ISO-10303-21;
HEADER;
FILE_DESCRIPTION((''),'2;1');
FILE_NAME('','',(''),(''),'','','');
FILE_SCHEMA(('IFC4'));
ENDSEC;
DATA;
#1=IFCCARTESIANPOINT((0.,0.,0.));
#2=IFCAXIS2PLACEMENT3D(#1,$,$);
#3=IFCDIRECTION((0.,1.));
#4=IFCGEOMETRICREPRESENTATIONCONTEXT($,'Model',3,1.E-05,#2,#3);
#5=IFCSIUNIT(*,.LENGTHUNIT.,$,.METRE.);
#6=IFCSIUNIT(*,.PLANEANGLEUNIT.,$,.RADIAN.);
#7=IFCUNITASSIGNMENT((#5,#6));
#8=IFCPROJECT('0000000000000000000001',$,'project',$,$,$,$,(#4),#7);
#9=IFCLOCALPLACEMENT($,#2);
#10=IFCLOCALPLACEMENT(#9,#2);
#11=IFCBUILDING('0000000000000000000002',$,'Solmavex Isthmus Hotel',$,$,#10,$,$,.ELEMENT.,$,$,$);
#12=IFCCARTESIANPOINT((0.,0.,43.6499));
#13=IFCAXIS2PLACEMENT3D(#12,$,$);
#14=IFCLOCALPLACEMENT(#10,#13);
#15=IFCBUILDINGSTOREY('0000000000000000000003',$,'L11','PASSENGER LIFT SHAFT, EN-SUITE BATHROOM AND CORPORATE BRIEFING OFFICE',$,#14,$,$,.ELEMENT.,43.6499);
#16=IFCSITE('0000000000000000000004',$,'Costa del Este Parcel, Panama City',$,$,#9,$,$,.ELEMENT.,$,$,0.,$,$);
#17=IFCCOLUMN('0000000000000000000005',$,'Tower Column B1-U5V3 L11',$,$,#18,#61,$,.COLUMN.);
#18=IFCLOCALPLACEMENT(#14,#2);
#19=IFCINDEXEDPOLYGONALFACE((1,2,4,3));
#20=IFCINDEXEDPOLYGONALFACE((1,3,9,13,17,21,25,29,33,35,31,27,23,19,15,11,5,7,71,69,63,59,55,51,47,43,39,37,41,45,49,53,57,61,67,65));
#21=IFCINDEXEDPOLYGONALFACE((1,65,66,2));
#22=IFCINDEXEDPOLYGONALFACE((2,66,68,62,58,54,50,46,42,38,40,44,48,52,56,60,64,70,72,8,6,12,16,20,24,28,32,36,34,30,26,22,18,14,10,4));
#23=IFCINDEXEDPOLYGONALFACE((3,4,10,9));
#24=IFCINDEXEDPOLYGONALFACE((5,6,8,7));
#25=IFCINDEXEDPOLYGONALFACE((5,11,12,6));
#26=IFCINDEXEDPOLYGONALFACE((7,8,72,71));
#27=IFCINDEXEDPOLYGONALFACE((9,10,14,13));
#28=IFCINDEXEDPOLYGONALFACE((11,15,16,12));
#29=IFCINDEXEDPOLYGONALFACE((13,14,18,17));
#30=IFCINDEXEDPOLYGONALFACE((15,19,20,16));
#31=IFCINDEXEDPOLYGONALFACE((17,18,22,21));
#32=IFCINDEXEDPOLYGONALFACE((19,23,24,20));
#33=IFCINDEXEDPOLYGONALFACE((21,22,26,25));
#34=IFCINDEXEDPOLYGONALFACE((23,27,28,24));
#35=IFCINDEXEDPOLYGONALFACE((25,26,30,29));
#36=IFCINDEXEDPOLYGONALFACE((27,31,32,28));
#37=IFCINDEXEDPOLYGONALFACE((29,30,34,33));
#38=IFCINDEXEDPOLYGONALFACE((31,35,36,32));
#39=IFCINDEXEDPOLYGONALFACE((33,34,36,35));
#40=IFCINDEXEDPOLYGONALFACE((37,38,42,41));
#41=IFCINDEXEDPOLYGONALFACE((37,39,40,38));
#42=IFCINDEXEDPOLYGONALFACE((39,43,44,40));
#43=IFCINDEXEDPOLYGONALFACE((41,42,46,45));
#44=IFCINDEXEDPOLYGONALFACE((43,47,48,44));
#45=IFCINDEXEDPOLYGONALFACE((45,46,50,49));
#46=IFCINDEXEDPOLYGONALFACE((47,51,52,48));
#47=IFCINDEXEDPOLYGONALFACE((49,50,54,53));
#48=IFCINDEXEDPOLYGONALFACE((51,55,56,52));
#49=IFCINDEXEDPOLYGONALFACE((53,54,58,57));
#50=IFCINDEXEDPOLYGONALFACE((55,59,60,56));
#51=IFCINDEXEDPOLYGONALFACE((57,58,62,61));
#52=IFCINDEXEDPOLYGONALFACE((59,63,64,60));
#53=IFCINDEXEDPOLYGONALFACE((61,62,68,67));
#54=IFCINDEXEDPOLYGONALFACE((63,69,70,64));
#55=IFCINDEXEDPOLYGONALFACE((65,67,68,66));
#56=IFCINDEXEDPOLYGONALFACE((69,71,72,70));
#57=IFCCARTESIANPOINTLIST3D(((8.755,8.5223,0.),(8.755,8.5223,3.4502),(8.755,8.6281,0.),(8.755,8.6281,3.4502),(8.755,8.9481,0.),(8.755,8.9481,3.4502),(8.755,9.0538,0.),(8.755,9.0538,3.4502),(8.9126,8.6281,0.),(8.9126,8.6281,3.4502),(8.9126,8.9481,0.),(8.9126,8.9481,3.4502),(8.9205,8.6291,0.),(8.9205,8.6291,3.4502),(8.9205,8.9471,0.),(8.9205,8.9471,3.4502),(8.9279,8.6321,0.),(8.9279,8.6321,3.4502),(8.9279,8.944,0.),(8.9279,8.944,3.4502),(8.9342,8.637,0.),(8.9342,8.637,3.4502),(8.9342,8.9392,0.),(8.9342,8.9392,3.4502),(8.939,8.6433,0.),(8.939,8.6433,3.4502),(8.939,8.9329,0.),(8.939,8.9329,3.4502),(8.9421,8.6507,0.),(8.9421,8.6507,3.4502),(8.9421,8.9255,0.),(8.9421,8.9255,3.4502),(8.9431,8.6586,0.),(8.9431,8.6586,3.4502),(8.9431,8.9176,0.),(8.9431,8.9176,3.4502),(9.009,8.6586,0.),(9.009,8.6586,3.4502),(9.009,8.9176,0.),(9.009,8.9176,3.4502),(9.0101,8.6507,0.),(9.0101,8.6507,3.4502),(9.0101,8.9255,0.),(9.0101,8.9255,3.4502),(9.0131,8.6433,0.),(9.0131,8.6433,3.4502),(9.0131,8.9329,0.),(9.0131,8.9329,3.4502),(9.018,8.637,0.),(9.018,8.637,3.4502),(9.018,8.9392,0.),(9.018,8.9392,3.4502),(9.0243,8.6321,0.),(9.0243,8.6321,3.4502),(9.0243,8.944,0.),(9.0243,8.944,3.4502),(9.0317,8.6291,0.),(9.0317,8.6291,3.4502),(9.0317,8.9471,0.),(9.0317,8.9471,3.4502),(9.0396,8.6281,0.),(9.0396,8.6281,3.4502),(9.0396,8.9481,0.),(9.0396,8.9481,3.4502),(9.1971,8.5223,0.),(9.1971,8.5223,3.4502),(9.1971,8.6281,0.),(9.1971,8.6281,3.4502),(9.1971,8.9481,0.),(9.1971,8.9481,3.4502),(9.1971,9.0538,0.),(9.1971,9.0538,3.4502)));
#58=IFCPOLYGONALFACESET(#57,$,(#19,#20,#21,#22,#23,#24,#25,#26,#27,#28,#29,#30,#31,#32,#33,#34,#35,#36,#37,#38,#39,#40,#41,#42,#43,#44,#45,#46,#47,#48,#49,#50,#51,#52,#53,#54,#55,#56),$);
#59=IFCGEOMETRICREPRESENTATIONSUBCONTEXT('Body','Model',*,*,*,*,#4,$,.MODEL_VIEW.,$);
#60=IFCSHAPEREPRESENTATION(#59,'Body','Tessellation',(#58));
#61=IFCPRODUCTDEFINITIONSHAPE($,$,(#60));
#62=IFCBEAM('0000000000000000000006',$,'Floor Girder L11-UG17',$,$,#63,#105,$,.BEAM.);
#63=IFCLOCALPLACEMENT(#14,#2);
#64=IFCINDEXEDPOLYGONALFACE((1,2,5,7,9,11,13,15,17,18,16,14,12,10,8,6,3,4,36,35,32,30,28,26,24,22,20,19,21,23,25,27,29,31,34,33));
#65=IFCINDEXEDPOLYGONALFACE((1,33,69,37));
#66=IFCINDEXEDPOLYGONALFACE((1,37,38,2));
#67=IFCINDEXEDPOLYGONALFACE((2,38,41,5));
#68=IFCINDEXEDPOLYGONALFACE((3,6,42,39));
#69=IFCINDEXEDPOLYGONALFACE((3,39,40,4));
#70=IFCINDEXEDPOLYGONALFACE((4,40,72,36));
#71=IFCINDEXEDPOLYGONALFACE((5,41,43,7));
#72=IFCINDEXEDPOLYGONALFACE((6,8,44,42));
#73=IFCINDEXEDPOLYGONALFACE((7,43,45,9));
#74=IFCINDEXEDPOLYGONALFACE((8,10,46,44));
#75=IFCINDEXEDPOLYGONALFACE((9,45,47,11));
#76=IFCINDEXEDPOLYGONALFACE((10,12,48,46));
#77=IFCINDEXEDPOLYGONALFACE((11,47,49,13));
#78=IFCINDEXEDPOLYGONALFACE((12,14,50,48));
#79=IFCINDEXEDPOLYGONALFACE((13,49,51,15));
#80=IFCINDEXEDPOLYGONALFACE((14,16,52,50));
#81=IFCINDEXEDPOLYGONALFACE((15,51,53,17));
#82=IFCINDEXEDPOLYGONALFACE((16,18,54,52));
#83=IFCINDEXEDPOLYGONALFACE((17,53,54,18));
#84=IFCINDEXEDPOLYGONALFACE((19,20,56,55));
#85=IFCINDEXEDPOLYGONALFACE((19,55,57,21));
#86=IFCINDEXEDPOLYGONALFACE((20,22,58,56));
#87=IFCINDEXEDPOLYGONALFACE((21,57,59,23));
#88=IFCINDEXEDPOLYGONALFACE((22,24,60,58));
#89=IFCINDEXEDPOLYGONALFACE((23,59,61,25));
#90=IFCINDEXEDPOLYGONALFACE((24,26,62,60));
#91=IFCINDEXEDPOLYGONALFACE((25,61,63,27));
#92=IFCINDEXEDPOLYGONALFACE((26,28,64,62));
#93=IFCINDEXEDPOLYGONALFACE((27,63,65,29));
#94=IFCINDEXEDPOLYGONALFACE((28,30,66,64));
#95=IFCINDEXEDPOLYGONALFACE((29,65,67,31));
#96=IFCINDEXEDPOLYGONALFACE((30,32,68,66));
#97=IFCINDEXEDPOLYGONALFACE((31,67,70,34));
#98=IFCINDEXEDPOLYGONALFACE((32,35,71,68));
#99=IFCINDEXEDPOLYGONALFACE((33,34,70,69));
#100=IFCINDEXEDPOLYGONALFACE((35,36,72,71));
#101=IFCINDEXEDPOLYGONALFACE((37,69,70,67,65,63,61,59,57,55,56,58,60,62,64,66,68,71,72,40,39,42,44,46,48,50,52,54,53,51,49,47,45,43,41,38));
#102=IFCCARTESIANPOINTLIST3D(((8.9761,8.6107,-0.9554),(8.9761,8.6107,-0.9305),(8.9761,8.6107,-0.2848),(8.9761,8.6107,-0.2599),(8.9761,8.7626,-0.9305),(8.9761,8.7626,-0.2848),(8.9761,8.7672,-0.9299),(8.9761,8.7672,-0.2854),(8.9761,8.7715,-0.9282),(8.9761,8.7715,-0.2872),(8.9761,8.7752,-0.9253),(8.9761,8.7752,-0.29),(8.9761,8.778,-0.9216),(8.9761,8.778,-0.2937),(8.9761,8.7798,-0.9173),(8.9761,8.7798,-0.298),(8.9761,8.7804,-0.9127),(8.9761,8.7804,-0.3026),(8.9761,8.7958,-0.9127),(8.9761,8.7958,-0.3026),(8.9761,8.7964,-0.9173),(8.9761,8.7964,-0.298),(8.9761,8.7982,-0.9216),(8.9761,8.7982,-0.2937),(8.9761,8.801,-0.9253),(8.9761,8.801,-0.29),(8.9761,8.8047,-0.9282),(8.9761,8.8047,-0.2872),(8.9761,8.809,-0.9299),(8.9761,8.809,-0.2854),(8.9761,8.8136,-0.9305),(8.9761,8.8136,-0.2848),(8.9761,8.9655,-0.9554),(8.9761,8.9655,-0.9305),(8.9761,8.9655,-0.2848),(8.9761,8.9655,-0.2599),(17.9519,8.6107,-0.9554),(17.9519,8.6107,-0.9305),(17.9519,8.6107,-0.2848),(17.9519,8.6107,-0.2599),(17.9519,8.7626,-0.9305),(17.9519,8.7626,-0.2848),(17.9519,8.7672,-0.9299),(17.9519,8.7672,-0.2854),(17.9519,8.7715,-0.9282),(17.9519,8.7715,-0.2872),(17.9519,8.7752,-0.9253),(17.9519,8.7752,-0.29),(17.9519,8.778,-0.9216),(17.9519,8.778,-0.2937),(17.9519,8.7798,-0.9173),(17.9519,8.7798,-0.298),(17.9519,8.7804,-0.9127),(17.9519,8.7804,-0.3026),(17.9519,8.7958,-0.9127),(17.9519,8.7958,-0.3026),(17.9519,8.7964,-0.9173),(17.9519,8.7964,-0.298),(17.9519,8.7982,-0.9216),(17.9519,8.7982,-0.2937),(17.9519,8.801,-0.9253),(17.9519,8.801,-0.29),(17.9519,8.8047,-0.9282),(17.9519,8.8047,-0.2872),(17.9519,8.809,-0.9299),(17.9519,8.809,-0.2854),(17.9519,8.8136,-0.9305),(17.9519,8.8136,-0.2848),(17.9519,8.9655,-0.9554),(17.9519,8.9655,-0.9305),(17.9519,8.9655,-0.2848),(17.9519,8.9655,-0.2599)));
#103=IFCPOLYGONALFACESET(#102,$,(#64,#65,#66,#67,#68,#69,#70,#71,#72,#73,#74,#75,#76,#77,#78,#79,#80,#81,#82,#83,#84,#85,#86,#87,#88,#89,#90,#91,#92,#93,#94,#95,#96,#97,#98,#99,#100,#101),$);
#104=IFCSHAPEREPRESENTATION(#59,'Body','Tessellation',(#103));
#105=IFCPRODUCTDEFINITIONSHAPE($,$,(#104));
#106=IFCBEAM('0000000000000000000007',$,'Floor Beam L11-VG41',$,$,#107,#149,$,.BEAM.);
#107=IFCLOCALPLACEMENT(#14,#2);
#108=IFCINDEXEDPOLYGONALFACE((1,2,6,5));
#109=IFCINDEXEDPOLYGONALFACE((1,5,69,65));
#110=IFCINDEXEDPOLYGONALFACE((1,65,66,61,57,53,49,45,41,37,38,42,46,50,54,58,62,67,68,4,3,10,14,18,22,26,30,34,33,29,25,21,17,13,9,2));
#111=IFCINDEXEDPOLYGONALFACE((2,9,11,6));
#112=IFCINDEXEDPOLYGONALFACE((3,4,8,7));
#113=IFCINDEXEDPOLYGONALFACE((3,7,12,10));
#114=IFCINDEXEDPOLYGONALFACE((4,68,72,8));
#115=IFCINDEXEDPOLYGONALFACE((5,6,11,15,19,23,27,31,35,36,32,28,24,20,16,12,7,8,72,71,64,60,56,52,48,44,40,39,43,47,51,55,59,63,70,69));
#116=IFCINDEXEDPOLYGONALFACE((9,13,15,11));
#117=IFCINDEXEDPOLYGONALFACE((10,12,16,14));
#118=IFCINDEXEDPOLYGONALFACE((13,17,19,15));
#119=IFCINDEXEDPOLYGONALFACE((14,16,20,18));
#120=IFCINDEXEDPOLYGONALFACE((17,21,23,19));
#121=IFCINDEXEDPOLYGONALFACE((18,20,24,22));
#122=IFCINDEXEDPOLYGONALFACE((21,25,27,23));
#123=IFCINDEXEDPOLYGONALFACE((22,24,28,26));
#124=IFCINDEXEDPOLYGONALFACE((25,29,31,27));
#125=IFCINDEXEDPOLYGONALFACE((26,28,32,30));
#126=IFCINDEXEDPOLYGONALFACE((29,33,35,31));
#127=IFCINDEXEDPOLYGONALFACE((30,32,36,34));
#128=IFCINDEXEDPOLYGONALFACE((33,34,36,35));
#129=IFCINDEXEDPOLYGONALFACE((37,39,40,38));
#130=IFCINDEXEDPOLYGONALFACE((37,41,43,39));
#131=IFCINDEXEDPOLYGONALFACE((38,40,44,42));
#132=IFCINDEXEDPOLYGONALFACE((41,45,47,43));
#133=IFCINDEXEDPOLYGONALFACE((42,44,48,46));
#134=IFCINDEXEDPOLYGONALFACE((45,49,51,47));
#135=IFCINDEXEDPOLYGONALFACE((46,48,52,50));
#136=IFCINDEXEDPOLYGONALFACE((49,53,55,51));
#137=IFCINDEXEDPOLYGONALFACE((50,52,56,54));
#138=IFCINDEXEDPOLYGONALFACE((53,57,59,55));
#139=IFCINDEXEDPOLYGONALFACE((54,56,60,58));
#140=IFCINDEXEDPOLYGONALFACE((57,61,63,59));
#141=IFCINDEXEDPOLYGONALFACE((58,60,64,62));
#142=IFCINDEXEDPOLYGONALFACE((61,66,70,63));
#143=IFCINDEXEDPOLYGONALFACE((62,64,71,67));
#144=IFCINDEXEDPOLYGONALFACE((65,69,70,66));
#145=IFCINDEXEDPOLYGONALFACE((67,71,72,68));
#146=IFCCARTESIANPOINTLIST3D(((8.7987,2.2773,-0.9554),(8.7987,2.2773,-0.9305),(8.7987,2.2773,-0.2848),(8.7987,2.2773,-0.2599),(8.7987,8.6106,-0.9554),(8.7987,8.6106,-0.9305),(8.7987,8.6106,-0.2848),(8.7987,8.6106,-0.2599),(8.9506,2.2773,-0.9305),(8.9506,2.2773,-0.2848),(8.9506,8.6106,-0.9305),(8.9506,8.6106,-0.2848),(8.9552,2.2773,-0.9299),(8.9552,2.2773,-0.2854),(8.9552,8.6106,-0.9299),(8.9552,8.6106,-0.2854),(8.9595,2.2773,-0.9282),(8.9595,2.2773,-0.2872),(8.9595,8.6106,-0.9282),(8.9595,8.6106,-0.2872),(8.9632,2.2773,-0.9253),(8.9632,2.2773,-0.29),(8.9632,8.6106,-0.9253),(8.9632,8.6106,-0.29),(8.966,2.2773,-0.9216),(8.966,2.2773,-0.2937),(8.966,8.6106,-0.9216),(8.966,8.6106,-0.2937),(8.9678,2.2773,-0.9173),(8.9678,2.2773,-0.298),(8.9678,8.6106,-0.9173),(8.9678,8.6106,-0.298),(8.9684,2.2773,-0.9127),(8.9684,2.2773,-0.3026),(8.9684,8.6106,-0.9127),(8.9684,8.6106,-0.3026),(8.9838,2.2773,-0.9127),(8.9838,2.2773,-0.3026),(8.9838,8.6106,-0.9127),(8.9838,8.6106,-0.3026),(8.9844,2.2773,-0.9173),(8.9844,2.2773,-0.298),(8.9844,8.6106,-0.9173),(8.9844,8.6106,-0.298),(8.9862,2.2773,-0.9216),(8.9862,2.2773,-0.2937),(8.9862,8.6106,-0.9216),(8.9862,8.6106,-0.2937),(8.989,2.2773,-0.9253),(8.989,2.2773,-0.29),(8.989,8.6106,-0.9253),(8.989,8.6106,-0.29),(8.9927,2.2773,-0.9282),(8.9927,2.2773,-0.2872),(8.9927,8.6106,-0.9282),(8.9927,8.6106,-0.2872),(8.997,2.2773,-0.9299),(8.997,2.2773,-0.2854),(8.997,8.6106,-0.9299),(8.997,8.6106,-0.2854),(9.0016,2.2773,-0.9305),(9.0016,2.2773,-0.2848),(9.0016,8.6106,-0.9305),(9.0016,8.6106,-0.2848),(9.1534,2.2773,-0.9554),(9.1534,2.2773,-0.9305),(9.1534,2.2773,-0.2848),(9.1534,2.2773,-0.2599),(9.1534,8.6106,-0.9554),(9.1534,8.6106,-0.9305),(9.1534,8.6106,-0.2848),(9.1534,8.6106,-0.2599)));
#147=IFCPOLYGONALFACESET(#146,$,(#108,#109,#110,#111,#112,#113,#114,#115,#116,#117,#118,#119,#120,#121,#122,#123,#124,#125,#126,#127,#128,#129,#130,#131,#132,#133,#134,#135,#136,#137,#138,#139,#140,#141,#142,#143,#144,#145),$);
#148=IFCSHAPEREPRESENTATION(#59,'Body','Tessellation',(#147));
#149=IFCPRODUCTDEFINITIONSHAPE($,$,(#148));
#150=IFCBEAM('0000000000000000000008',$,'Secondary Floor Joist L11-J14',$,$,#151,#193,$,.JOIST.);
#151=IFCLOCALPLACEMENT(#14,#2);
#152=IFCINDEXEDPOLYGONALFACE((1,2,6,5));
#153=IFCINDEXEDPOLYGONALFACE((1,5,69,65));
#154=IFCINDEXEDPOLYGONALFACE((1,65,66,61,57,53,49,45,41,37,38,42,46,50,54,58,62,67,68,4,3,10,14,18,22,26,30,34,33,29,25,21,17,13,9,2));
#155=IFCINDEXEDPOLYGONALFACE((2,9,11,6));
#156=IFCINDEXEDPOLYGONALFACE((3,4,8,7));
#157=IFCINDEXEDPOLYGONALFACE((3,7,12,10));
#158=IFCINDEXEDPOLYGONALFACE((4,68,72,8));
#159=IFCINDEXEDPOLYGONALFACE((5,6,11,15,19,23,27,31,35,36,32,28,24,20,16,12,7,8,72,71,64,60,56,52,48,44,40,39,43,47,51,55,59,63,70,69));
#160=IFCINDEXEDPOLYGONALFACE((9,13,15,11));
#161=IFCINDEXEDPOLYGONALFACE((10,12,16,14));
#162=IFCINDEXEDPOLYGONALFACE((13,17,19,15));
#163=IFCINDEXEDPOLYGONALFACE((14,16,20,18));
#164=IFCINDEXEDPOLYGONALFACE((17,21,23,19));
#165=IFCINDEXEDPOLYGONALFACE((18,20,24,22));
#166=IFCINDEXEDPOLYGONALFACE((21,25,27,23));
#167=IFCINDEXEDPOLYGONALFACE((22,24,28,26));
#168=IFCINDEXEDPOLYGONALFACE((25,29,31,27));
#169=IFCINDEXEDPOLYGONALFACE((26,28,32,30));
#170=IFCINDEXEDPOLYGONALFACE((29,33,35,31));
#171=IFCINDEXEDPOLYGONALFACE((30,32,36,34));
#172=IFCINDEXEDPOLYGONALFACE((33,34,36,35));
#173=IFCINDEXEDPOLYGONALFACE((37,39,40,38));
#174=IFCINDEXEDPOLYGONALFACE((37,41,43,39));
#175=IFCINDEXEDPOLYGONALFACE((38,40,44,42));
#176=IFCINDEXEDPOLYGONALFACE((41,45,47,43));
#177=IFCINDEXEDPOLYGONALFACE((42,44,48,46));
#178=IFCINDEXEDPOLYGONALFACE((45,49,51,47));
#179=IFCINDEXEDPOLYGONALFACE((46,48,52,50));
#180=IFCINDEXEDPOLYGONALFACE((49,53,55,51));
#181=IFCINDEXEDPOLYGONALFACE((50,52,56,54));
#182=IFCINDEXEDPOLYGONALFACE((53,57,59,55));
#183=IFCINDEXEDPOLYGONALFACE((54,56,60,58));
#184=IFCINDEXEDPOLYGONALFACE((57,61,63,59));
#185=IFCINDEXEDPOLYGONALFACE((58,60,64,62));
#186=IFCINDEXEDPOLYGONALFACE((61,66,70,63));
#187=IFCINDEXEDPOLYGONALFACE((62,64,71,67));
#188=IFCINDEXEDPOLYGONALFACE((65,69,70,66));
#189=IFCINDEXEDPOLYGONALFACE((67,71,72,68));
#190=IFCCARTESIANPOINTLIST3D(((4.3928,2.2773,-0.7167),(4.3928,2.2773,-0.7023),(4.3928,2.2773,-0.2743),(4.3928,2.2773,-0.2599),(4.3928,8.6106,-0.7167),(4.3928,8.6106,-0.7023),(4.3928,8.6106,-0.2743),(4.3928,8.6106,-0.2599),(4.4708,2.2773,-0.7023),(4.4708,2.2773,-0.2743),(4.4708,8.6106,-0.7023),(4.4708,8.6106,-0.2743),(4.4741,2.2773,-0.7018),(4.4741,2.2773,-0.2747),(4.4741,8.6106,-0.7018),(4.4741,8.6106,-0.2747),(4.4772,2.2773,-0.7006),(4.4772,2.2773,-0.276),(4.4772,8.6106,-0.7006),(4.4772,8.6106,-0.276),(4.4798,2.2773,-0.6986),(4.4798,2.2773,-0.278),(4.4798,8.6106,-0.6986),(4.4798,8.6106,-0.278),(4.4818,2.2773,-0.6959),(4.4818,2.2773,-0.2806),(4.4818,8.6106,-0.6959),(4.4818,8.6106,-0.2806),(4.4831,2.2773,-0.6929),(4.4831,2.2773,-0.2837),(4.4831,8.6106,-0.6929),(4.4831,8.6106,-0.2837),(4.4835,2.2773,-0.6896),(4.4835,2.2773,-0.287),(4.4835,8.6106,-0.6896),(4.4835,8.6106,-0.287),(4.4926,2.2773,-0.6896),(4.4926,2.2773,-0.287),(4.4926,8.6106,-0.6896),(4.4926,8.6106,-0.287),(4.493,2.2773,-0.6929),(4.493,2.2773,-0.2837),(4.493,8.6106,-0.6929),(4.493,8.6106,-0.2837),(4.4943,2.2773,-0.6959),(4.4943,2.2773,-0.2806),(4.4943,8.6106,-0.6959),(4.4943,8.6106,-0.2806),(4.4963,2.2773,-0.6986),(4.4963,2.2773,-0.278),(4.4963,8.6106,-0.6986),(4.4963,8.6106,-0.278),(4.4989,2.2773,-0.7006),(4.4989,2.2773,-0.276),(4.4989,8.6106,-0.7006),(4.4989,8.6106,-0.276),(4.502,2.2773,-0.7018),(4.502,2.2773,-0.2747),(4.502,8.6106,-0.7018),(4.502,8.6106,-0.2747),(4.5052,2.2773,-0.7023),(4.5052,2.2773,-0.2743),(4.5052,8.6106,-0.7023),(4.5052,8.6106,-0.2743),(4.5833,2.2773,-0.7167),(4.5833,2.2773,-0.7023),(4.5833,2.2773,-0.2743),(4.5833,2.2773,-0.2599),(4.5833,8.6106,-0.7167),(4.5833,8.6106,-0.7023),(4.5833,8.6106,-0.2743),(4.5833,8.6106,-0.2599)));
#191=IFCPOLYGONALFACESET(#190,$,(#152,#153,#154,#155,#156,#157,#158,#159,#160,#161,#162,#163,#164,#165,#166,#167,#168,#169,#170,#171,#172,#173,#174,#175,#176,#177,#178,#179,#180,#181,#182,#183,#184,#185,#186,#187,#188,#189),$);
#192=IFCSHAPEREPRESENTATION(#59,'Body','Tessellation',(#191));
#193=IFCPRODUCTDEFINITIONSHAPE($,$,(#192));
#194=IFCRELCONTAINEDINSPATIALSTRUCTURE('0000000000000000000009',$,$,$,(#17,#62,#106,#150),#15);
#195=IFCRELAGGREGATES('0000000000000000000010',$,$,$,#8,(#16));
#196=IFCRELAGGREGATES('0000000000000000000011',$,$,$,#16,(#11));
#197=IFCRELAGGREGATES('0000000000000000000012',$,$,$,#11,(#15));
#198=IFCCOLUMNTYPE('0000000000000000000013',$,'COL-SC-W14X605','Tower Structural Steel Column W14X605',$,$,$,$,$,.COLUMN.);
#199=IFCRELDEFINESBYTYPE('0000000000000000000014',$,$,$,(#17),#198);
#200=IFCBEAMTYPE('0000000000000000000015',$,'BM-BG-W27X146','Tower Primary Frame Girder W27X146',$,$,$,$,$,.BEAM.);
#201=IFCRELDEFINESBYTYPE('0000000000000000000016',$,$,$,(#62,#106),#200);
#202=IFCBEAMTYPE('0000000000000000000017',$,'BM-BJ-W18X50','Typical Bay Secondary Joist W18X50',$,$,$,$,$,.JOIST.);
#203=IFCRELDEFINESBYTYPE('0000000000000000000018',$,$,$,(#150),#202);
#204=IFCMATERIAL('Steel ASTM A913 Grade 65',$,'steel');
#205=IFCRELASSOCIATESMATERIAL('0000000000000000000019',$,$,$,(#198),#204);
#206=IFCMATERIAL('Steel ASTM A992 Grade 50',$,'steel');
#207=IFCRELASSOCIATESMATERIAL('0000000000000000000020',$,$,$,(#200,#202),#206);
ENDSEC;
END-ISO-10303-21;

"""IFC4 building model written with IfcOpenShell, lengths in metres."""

from ifc_helpers import new_model, si_unit, direction, frame, origin, origin_2d, place, context, subcontext, project, spatial, i_section, extrude, material, material_profile, profile_set, type_object, element, save


model = new_model("IFC4")

# Units and contexts
model_context = context("Model", 3, precision=1e-05, world=origin(), true_north=direction((0.0, 1.0)))
body_context = subcontext(model_context, "Body", "Model", "MODEL_VIEW")
ifc_project = project(units=[si_unit("LENGTHUNIT", "METRE"), si_unit("PLANEANGLEUNIT", "RADIAN")], contexts=[model_context])

# Site, building, storey
site_placement = place(None, origin())
site = spatial("IfcSite", under=ifc_project, at=site_placement, Name="Costa del Este Parcel, Panama City", CompositionType="ELEMENT", RefElevation=0.0)
building_placement = place(site_placement, origin())
building = spatial("IfcBuilding", under=site, at=building_placement, Name="Solmavex Isthmus Hotel", CompositionType="ELEMENT")
storey_placement = place(building_placement, frame((0.0, 0.0, 43.6499)))
storey = spatial("IfcBuildingStorey", under=building, at=storey_placement, Name="L11", Description="PASSENGER LIFT SHAFT, EN-SUITE BATHROOM AND CORPORATE BRIEFING OFFICE", CompositionType="ELEMENT", Elevation=43.6499)

# Column
ifc_material_1 = material(Name="Steel ASTM A913 Grade 65", Category="steel")
ifc_material_profile_1 = material_profile(ifc_material_1, i_section(OverallWidth=0.4421, OverallDepth=0.5315, WebThickness=0.0659, FlangeThickness=0.1057, FilletRadius=0.0305, at=origin_2d()), Name="W14X605")
ifc_profile_set_1 = profile_set([ifc_material_profile_1], Name="Steel ASTM A913 Grade 65")
column_type = type_object("IfcColumnType", Name="COL-SC-W14X605", Description="Tower Structural Steel Column W14X605", PredefinedType="COLUMN", material=ifc_profile_set_1)
column_placement = place(storey_placement, frame((8.9761, 8.7881, 0.0), z_axis=(0.0, 0.0, 1.0), x_axis=(1.0, 0.0, 0.0)))
element("IfcColumn", 1, at=column_placement, inside=storey, type_object=column_type, Name="Tower Column B1-U5V3 L11", PredefinedType="COLUMN", context=body_context, shape_type="SweptSolid", body=[
    extrude(i_section(OverallWidth=0.4421, OverallDepth=0.5315, WebThickness=0.0659, FlangeThickness=0.1057, FilletRadius=0.0305, at=origin_2d()), origin(), (0.0, 0.0, 1.0), 3.4502),
])

# Beams
ifc_material_2 = material(Name="Steel ASTM A992 Grade 50", Category="steel")
ifc_material_profile_2 = material_profile(ifc_material_2, i_section(OverallWidth=0.3547, OverallDepth=0.6956, WebThickness=0.0154, FlangeThickness=0.0249, FilletRadius=0.0178, at=origin_2d()), Name="W27X146")
ifc_profile_set_2 = profile_set([ifc_material_profile_2], Name="Steel ASTM A992 Grade 50")
beam_type_1 = type_object("IfcBeamType", Name="BM-BG-W27X146", Description="Tower Primary Frame Girder W27X146", PredefinedType="BEAM", material=ifc_profile_set_2)
beam_1_placement = place(storey_placement, frame((8.9761, 8.7881, -0.6077), z_axis=(1.0, 0.0, 0.0), x_axis=(0.0, 1.0, 0.0)))
element("IfcBeam", 2, at=beam_1_placement, inside=storey, type_object=beam_type_1, Name="Floor Girder L11-UG17", PredefinedType="BEAM", context=body_context, shape_type="SweptSolid", body=[
    extrude(i_section(OverallWidth=0.3547, OverallDepth=0.6956, WebThickness=0.0154, FlangeThickness=0.0249, FilletRadius=0.0178, at=origin_2d()), origin(), (0.0, 0.0, 1.0), 8.9758),
])
beam_2_placement = place(storey_placement, frame((8.9761, 2.2773, -0.6077), z_axis=(0.0, 1.0, 0.0), x_axis=(-1.0, 0.0, 0.0)))
element("IfcBeam", 3, at=beam_2_placement, inside=storey, type_object=beam_type_1, Name="Floor Beam L11-VG41", PredefinedType="BEAM", context=body_context, shape_type="SweptSolid", body=[
    extrude(i_section(OverallWidth=0.3547, OverallDepth=0.6956, WebThickness=0.0154, FlangeThickness=0.0249, FilletRadius=0.0178, at=origin_2d()), origin(), (0.0, 0.0, 1.0), 6.3333),
])
ifc_material_profile_3 = material_profile(ifc_material_2, i_section(OverallWidth=0.1904, OverallDepth=0.4568, WebThickness=0.009, FlangeThickness=0.0144, FilletRadius=0.0127, at=origin_2d()), Name="W18X50")
ifc_profile_set_3 = profile_set([ifc_material_profile_3], Name="Steel ASTM A992 Grade 50")
beam_type_2 = type_object("IfcBeamType", Name="BM-BJ-W18X50", Description="Typical Bay Secondary Joist W18X50", PredefinedType="JOIST", material=ifc_profile_set_3)
beam_3_placement = place(storey_placement, frame((4.488, 2.2773, -0.4883), z_axis=(0.0, 1.0, 0.0), x_axis=(-1.0, 0.0, 0.0)))
element("IfcBeam", 4, at=beam_3_placement, inside=storey, type_object=beam_type_2, Name="Secondary Floor Joist L11-J14", PredefinedType="JOIST", context=body_context, shape_type="SweptSolid", body=[
    extrude(i_section(OverallWidth=0.1904, OverallDepth=0.4568, WebThickness=0.009, FlangeThickness=0.0144, FilletRadius=0.0127, at=origin_2d()), origin(), (0.0, 0.0, 1.0), 6.3333),
])

save(model, "model.ifc")
